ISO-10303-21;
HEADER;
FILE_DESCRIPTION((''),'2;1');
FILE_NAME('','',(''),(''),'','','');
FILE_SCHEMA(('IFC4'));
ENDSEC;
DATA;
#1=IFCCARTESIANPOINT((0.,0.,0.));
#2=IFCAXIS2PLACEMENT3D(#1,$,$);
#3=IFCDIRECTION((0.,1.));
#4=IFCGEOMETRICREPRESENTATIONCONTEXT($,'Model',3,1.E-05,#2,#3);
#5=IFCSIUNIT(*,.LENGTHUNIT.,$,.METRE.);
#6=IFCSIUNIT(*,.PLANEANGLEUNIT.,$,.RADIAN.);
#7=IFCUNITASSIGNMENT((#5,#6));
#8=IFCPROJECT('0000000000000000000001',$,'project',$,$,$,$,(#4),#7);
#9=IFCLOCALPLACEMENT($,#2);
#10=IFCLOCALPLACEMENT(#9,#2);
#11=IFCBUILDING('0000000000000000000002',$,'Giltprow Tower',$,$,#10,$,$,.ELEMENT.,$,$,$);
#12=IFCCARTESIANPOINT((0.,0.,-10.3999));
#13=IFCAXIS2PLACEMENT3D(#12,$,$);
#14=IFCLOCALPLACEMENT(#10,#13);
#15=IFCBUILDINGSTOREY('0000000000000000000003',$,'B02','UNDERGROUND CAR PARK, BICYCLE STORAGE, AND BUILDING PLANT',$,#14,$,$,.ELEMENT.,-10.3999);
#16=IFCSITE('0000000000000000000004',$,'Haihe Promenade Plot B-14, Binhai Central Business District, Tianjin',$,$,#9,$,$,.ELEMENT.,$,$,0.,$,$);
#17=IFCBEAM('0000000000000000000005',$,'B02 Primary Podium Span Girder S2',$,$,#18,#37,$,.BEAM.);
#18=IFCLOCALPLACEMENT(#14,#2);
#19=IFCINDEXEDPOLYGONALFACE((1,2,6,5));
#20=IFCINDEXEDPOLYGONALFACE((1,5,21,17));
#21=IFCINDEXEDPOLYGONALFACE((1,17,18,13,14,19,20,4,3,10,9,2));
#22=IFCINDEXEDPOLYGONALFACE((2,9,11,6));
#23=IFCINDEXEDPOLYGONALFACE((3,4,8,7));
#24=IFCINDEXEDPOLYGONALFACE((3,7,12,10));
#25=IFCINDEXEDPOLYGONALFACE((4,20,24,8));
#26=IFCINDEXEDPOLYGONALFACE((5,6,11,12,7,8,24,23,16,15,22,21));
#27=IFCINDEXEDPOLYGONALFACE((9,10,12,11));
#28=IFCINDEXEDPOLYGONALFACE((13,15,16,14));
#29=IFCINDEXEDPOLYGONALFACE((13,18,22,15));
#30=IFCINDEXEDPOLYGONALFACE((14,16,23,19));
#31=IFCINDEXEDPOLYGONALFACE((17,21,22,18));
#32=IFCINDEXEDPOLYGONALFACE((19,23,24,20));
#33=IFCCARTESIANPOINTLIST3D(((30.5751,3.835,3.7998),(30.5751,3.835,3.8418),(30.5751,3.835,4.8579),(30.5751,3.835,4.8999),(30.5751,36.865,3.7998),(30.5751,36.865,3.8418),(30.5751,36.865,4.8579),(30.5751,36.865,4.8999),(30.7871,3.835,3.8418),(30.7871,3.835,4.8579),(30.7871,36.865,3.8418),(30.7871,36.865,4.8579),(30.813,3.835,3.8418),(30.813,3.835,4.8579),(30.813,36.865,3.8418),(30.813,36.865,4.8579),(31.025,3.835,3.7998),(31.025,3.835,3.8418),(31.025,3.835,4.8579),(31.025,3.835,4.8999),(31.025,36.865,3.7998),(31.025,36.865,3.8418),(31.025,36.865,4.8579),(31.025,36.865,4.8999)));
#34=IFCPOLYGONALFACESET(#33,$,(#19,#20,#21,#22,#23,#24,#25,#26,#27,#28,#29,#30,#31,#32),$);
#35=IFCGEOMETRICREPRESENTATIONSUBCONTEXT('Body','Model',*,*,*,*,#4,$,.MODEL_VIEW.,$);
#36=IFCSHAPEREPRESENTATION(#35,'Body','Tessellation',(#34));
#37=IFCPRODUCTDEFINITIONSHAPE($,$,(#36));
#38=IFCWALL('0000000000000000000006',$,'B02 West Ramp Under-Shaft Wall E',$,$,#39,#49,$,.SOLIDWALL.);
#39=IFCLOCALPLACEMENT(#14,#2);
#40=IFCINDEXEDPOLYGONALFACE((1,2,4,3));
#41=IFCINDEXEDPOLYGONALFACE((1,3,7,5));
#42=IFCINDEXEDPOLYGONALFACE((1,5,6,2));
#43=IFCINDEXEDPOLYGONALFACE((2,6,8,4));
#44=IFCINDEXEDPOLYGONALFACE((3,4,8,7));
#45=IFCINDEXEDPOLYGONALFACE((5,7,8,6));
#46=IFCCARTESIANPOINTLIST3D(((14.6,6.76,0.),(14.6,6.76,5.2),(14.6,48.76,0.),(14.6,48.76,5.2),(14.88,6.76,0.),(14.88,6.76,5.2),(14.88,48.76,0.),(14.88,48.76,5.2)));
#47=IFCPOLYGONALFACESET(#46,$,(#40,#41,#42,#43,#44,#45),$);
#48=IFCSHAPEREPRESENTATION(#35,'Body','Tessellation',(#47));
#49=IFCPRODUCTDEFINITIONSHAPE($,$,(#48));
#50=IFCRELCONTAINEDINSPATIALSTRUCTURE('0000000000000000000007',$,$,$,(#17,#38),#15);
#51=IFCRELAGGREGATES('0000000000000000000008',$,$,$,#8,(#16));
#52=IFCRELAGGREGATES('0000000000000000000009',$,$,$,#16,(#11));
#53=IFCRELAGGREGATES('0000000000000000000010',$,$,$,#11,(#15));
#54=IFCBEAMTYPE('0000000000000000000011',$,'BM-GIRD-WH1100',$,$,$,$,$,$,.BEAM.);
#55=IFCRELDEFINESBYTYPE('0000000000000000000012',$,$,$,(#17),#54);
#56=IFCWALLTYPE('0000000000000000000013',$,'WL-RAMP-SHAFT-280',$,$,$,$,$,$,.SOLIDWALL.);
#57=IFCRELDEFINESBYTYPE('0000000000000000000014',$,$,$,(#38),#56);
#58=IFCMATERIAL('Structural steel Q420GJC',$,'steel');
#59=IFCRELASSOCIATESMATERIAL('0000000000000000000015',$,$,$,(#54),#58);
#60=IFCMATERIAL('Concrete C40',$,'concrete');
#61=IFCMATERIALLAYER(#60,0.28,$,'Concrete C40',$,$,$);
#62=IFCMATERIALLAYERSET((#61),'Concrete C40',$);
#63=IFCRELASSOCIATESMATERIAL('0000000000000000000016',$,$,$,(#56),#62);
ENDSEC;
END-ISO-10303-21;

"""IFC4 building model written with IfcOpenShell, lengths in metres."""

from ifc_helpers import new_model, si_unit, direction, frame, frame_2d, origin, origin_2d, place, context, subcontext, project, spatial, rectangle, i_section, extrude, source, transform, mapped, material, layer, layer_set, material_profile, profile_set, type_object, element, save


model = new_model("IFC4")

# Units and contexts
model_context = context("Model", 3, precision=1e-05, world=origin(), true_north=direction((0.0, 1.0)))
body_context = subcontext(model_context, "Body", "Model", "MODEL_VIEW")
ifc_project = project(units=[si_unit("LENGTHUNIT", "METRE"), si_unit("PLANEANGLEUNIT", "RADIAN")], contexts=[model_context])

# Site, building, storey
site_placement = place(None, origin())
site = spatial("IfcSite", under=ifc_project, at=site_placement, Name="Haihe Promenade Plot B-14, Binhai Central Business District, Tianjin", CompositionType="ELEMENT", RefElevation=0.0)
building_placement = place(site_placement, origin())
building = spatial("IfcBuilding", under=site, at=building_placement, Name="Giltprow Tower", CompositionType="ELEMENT")
storey_placement = place(building_placement, frame((0.0, 0.0, -10.3999)))
storey = spatial("IfcBuildingStorey", under=building, at=storey_placement, Name="B02", Description="UNDERGROUND CAR PARK, BICYCLE STORAGE, AND BUILDING PLANT", CompositionType="ELEMENT", Elevation=-10.3999)

# Beam
ifc_material_1 = material(Name="Structural steel Q420GJC", Category="steel")
ifc_material_profile_1 = material_profile(ifc_material_1, i_section(OverallWidth=0.45, OverallDepth=1.1001, WebThickness=0.0259, FlangeThickness=0.042, at=origin_2d()), Name="WH 1100x450x26x42")
ifc_profile_set_1 = profile_set([ifc_material_profile_1], Name="Structural steel Q420GJC")
beam_type = type_object("IfcBeamType", Name="BM-GIRD-WH1100", PredefinedType="BEAM", material=ifc_profile_set_1)
shared_shape_1 = source(origin(), body_context, "Body", "SweptSolid", [
    extrude(i_section(OverallWidth=0.45, OverallDepth=1.1001, WebThickness=0.0259, FlangeThickness=0.042, at=origin_2d()), origin(), (0.0, 0.0, 1.0), 33.03),
])
beam_placement = place(storey_placement, frame((30.8, 3.835, 4.3499), z_axis=(0.0, 1.0, 0.0), x_axis=(-1.0, 0.0, 0.0)))
element("IfcBeam", 1, at=beam_placement, inside=storey, type_object=beam_type, Name="B02 Primary Podium Span Girder S2", PredefinedType="BEAM", context=body_context, shape_type="MappedRepresentation", body=[
    mapped(shared_shape_1, transform((0.0, 0.0, 0.0), x_axis=(1.0, 0.0, 0.0), y_axis=(0.0, 1.0, 0.0), z_axis=(0.0, 0.0, 1.0), scale=1.0)),
])

# Wall
ifc_material_2 = material(Name="Concrete C40", Category="concrete")
ifc_layer = layer(ifc_material_2, 0.28, Name="Concrete C40")
ifc_layer_set = layer_set([ifc_layer], Name="Concrete C40")
wall_type = type_object("IfcWallType", Name="WL-RAMP-SHAFT-280", PredefinedType="SOLIDWALL", material=ifc_layer_set)
wall_placement = place(storey_placement, frame((14.74, 6.76, 0.0), z_axis=(0.0, 0.0, 1.0), x_axis=(0.0, 1.0, 0.0)))
element("IfcWall", 2, at=wall_placement, inside=storey, type_object=wall_type, Name="B02 West Ramp Under-Shaft Wall E", PredefinedType="SOLIDWALL", context=body_context, shape_type="SweptSolid", body=[
    extrude(rectangle(XDim=42.0, YDim=0.28, at=frame_2d((21.0, 0.0))), origin(), (0.0, 0.0, 1.0), 5.2),
])

save(model, "model.ifc")
